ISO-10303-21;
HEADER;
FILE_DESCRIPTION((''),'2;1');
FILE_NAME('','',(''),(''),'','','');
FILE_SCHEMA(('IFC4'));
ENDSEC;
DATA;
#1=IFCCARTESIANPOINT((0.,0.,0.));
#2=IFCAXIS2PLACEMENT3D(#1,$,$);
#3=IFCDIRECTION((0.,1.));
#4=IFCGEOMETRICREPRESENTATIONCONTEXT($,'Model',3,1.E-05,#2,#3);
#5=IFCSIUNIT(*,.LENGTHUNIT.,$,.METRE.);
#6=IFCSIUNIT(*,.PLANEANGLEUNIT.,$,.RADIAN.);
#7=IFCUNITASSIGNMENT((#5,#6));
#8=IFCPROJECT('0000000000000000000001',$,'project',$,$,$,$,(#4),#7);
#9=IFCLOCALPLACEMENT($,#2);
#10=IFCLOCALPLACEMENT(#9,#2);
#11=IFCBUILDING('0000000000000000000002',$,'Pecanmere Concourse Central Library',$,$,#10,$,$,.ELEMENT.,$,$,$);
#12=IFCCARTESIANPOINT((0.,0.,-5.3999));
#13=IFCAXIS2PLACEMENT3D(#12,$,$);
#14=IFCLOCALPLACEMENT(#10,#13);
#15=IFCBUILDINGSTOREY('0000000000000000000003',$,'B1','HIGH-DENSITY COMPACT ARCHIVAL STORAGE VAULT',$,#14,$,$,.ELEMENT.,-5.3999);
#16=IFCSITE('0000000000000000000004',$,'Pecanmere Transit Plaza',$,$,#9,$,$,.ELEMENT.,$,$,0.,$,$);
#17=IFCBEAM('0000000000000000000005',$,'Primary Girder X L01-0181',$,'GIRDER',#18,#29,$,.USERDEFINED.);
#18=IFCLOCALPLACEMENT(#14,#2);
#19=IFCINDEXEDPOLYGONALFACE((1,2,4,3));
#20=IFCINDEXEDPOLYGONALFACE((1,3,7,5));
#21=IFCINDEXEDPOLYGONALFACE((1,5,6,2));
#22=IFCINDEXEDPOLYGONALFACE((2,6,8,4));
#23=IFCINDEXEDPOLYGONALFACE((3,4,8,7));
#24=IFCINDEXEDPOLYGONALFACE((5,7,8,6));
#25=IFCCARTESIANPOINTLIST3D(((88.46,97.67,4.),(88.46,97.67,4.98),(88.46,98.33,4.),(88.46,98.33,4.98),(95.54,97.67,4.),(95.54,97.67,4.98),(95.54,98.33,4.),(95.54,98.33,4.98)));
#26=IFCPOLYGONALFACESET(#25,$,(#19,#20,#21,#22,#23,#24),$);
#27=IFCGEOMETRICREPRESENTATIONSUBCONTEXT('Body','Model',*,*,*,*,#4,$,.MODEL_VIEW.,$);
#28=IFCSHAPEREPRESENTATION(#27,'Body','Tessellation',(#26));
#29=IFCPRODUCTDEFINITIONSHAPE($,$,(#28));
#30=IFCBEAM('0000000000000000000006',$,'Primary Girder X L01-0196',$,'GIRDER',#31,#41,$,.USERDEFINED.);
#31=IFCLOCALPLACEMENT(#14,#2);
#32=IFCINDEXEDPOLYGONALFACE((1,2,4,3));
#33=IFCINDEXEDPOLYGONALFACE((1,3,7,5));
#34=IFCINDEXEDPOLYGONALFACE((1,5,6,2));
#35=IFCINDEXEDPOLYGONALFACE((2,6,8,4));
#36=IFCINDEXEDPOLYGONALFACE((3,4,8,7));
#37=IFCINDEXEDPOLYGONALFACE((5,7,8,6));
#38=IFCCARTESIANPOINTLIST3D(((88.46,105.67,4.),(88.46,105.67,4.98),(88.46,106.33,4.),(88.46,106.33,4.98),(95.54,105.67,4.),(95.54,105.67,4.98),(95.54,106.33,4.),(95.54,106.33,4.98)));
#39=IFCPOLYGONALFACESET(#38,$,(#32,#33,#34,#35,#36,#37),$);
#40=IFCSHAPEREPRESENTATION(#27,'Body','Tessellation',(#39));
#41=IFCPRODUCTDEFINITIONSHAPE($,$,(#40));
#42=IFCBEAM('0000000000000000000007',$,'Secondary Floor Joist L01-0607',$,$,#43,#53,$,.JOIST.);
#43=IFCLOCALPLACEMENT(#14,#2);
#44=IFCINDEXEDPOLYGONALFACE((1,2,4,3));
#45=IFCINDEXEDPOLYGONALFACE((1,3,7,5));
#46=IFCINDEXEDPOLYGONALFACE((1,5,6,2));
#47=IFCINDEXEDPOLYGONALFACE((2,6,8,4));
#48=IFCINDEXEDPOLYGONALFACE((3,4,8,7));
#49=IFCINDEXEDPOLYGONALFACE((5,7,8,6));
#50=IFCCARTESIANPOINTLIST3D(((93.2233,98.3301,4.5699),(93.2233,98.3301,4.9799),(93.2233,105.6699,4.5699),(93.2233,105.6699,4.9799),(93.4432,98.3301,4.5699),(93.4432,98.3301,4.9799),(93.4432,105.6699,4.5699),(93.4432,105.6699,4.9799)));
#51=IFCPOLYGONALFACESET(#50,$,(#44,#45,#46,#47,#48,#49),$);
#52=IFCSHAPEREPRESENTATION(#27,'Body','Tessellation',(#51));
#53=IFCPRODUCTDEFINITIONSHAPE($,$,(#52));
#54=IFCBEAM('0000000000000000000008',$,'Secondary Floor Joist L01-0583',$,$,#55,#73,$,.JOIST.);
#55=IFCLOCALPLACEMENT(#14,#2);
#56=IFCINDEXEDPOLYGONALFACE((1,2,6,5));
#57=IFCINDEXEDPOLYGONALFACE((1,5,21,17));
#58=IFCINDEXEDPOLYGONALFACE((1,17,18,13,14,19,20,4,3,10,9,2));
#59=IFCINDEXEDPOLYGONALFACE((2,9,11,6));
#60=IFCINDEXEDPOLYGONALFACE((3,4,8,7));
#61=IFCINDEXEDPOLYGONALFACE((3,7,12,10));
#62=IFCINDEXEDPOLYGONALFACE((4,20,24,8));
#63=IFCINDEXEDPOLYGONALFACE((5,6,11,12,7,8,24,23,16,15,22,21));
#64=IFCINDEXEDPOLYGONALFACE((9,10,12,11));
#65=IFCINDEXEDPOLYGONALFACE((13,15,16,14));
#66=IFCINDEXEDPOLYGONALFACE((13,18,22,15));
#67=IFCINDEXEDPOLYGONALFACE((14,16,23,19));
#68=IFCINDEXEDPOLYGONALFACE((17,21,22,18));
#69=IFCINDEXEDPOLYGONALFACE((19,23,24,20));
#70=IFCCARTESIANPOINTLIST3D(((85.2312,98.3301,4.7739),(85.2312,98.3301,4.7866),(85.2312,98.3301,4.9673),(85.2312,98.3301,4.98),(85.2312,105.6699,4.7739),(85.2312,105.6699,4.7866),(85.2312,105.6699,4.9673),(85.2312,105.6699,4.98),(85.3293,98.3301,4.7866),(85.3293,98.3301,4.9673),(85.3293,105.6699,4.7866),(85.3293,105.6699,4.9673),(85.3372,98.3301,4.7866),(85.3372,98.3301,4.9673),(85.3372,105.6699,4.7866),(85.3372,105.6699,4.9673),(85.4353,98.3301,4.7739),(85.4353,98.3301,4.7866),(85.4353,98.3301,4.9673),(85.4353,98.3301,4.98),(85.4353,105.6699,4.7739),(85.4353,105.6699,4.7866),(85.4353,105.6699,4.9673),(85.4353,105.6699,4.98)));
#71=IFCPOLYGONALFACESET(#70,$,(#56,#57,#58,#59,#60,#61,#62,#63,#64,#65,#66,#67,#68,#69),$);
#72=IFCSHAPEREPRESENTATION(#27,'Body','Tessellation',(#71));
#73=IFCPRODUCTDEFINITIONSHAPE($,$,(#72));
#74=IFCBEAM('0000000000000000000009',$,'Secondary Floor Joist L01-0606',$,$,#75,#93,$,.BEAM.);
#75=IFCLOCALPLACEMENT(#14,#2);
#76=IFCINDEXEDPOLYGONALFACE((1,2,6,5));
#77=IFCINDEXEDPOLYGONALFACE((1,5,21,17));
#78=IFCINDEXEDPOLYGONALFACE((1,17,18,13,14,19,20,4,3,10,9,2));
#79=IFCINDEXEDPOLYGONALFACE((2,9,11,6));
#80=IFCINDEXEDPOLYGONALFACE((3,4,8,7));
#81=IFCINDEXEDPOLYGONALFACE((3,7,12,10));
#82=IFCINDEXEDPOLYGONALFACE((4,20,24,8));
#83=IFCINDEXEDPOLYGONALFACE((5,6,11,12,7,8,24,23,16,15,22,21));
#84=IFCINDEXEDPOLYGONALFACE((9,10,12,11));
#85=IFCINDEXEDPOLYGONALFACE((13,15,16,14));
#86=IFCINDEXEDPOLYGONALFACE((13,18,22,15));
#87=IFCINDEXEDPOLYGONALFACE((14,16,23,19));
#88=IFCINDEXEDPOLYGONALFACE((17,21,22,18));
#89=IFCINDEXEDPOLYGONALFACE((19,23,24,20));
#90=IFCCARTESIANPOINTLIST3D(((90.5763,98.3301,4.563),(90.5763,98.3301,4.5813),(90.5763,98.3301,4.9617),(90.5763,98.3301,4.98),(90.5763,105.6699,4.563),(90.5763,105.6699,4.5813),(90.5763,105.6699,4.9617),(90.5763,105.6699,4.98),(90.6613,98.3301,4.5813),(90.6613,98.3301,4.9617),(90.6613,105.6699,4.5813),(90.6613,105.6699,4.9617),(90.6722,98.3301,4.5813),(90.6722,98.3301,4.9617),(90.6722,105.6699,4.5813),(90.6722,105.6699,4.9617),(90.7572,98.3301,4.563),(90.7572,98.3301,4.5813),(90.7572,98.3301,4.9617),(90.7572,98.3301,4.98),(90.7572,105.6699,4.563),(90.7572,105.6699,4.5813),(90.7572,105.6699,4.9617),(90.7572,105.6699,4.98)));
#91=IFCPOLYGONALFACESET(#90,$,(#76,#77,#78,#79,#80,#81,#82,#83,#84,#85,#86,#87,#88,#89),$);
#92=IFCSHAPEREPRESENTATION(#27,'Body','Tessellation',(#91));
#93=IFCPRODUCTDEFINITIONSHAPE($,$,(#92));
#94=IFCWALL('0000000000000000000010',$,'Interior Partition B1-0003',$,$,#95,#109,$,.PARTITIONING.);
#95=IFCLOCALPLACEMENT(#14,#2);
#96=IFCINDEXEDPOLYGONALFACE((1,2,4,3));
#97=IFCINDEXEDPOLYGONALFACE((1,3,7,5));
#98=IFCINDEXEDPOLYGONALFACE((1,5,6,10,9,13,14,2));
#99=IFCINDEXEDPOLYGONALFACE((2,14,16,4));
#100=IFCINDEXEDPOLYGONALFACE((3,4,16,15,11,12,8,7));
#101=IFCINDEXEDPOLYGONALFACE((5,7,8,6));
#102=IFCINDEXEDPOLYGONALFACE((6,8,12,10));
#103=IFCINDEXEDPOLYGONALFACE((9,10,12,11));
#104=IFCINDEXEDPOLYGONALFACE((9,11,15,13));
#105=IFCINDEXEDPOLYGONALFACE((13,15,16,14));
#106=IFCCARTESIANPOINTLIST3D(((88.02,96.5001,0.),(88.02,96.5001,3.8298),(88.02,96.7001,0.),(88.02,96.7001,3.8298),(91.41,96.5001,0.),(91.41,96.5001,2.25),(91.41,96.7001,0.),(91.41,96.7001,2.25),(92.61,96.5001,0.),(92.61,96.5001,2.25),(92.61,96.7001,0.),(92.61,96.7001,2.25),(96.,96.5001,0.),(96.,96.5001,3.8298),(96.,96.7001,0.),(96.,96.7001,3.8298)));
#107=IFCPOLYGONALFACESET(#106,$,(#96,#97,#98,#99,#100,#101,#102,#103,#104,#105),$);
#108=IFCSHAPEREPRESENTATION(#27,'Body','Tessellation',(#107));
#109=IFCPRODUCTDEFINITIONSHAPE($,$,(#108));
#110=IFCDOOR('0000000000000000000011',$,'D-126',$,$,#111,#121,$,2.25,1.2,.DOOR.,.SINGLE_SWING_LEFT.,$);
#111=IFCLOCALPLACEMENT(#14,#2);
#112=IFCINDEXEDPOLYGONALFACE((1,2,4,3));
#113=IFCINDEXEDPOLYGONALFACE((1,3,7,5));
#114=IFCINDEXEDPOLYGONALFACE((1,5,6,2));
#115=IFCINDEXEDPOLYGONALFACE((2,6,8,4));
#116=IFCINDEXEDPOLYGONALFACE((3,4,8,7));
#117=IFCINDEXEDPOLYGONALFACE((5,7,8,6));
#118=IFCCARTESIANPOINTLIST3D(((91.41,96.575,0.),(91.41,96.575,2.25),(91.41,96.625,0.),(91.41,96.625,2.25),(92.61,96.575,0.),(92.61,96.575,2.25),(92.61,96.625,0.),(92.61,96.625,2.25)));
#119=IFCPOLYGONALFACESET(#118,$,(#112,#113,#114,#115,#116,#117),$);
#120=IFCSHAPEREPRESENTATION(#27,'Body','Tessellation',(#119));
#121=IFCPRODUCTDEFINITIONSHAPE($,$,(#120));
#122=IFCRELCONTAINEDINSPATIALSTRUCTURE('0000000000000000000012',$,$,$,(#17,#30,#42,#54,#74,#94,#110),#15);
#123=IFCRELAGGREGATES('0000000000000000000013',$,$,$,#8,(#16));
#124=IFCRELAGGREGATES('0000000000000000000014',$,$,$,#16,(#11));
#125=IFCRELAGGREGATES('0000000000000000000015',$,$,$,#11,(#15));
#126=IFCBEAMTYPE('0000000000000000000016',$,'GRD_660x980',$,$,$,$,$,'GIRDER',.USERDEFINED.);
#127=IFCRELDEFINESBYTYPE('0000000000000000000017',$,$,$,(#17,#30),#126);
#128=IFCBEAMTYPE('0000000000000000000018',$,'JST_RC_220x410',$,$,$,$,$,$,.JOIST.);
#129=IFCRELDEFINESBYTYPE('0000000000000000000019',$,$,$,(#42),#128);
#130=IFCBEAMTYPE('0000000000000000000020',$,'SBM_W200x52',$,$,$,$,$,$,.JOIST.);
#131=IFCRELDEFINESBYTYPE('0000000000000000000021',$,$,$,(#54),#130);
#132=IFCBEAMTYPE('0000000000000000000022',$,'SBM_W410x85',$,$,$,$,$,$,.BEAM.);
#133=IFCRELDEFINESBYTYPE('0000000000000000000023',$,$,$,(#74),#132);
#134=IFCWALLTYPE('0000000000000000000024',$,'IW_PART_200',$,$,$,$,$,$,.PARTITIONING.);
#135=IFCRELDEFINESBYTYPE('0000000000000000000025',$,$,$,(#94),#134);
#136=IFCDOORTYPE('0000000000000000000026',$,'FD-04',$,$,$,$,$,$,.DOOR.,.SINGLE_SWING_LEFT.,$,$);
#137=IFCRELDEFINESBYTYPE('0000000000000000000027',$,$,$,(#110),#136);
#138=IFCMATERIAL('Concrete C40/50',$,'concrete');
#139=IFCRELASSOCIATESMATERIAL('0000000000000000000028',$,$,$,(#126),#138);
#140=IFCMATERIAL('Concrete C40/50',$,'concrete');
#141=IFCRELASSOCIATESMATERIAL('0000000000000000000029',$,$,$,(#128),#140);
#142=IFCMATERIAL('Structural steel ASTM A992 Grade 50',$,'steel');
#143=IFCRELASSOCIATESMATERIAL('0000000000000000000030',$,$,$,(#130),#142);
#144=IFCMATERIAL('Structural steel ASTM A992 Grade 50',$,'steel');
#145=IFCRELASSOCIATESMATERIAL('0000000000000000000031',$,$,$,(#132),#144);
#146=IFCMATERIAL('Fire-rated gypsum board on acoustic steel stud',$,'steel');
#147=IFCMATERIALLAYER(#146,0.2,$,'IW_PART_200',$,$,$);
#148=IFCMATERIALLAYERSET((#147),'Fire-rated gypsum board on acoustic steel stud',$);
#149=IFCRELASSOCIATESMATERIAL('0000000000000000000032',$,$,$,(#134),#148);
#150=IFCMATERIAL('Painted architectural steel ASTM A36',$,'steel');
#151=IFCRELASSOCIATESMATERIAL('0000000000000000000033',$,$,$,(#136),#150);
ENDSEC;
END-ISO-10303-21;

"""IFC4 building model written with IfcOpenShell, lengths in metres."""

from ifc_helpers import new_model, si_unit, direction, frame, frame_2d, origin, origin_2d, place, context, subcontext, project, spatial, rectangle, i_section, extrude, material, layer, layer_set, material_profile, profile_set, type_object, element, fill, save


model = new_model("IFC4")

# Units and contexts
model_context = context("Model", 3, precision=1e-05, world=origin(), true_north=direction((0.0, 1.0)))
body_context = subcontext(model_context, "Body", "Model", "MODEL_VIEW")
ifc_project = project(units=[si_unit("LENGTHUNIT", "METRE"), si_unit("PLANEANGLEUNIT", "RADIAN")], contexts=[model_context])

# Site, building, storey
site_placement = place(None, origin())
site = spatial("IfcSite", under=ifc_project, at=site_placement, Name="Pecanmere Transit Plaza", CompositionType="ELEMENT", RefElevation=0.0)
building_placement = place(site_placement, origin())
building = spatial("IfcBuilding", under=site, at=building_placement, Name="Pecanmere Concourse Central Library", CompositionType="ELEMENT")
storey_placement = place(building_placement, frame((0.0, 0.0, -5.3999)))
storey = spatial("IfcBuildingStorey", under=building, at=storey_placement, Name="B1", Description="HIGH-DENSITY COMPACT ARCHIVAL STORAGE VAULT", CompositionType="ELEMENT", Elevation=-5.3999)

# Beams
ifc_material_1 = material(Name="Concrete C40/50", Category="concrete")
ifc_material_profile_1 = material_profile(ifc_material_1, rectangle(XDim=0.6599, YDim=0.98, at=origin_2d()), Name="RC 660x980")
ifc_profile_set_1 = profile_set([ifc_material_profile_1], Name="Concrete C40/50")
beam_type_1 = type_object("IfcBeamType", Name="GRD_660x980", ElementType="GIRDER", PredefinedType="USERDEFINED", material=ifc_profile_set_1)
for number, where, z_axis, x_axis, name in (
    (1, (88.46, 98.0, 4.49), (1.0, 0.0, 0.0), (0.0, 1.0, 0.0), "Primary Girder X L01-0181"),
    (2, (88.46, 106.0, 4.49), (1.0, 0.0, 0.0), (0.0, 1.0, 0.0), "Primary Girder X L01-0196"),
):
    element("IfcBeam", number, at=place(storey_placement, frame(where, z_axis=z_axis, x_axis=x_axis)), inside=storey, type_object=beam_type_1, Name=name, ObjectType="GIRDER", PredefinedType="USERDEFINED", context=body_context, shape_type="SweptSolid", body=[
        extrude(rectangle(XDim=0.6599, YDim=0.98, at=origin_2d()), origin(), (0.0, 0.0, 1.0), 7.0801),
    ])
ifc_material_2 = material(Name="Concrete C40/50", Category="concrete")
ifc_material_profile_2 = material_profile(ifc_material_2, rectangle(XDim=0.22, YDim=0.4099, at=origin_2d()), Name="RC 220x410")
ifc_profile_set_2 = profile_set([ifc_material_profile_2], Name="Concrete C40/50")
beam_type_2 = type_object("IfcBeamType", Name="JST_RC_220x410", PredefinedType="JOIST", material=ifc_profile_set_2)
beam_1_placement = place(storey_placement, frame((93.3333, 98.3301, 4.7749), z_axis=(0.0, 1.0, 0.0), x_axis=(-1.0, 0.0, 0.0)))
element("IfcBeam", 3, at=beam_1_placement, inside=storey, type_object=beam_type_2, Name="Secondary Floor Joist L01-0607", PredefinedType="JOIST", context=body_context, shape_type="SweptSolid", body=[
    extrude(rectangle(XDim=0.22, YDim=0.4099, at=origin_2d()), origin(), (0.0, 0.0, 1.0), 7.3398),
])
ifc_material_3 = material(Name="Structural steel ASTM A992 Grade 50", Category="steel")
ifc_material_profile_3 = material_profile(ifc_material_3, i_section(OverallWidth=0.2041, OverallDepth=0.2061, WebThickness=0.0078, FlangeThickness=0.0127, at=origin_2d()), Name="W200x52")
ifc_profile_set_3 = profile_set([ifc_material_profile_3], Name="Structural steel ASTM A992 Grade 50")
beam_type_3 = type_object("IfcBeamType", Name="SBM_W200x52", PredefinedType="JOIST", material=ifc_profile_set_3)
beam_2_placement = place(storey_placement, frame((85.3333, 98.3301, 4.877), z_axis=(0.0, 1.0, 0.0), x_axis=(-1.0, 0.0, 0.0)))
element("IfcBeam", 4, at=beam_2_placement, inside=storey, type_object=beam_type_3, Name="Secondary Floor Joist L01-0583", PredefinedType="JOIST", context=body_context, shape_type="SweptSolid", body=[
    extrude(i_section(OverallWidth=0.2041, OverallDepth=0.2061, WebThickness=0.0078, FlangeThickness=0.0127, at=origin_2d()), origin(), (0.0, 0.0, 1.0), 7.3398),
])
ifc_material_4 = material(Name="Structural steel ASTM A992 Grade 50", Category="steel")
ifc_material_profile_4 = material_profile(ifc_material_4, i_section(OverallWidth=0.1809, OverallDepth=0.417, WebThickness=0.011, FlangeThickness=0.0183, at=origin_2d()), Name="W410x85")
ifc_profile_set_4 = profile_set([ifc_material_profile_4], Name="Structural steel ASTM A992 Grade 50")
beam_type_4 = type_object("IfcBeamType", Name="SBM_W410x85", PredefinedType="BEAM", material=ifc_profile_set_4)
beam_3_placement = place(storey_placement, frame((90.6667, 98.3301, 4.7715), z_axis=(0.0, 1.0, 0.0), x_axis=(-1.0, 0.0, 0.0)))
element("IfcBeam", 5, at=beam_3_placement, inside=storey, type_object=beam_type_4, Name="Secondary Floor Joist L01-0606", PredefinedType="BEAM", context=body_context, shape_type="SweptSolid", body=[
    extrude(i_section(OverallWidth=0.1809, OverallDepth=0.417, WebThickness=0.011, FlangeThickness=0.0183, at=origin_2d()), origin(), (0.0, 0.0, 1.0), 7.3398),
])

# Wall, opening, door
ifc_material_5 = material(Name="Fire-rated gypsum board on acoustic steel stud", Category="steel")
ifc_layer = layer(ifc_material_5, 0.2, Name="IW_PART_200")
ifc_layer_set = layer_set([ifc_layer], Name="Fire-rated gypsum board on acoustic steel stud")
wall_type = type_object("IfcWallType", Name="IW_PART_200", PredefinedType="PARTITIONING", material=ifc_layer_set)
wall_placement = place(storey_placement, frame((88.02, 96.6001, 0.0), z_axis=(0.0, 0.0, 1.0), x_axis=(1.0, 0.0, 0.0)))
wall = element("IfcWall", 6, at=wall_placement, inside=storey, type_object=wall_type, Name="Interior Partition B1-0003", PredefinedType="PARTITIONING", context=body_context, shape_type="SweptSolid", body=[
    extrude(rectangle(XDim=7.98, YDim=0.2, at=frame_2d((3.99, 0.0))), origin(), (0.0, 0.0, 1.0), 3.8298),
])
opening_placement = place(wall_placement, frame((3.3899, 0.0, 0.0)))
opening = element("IfcOpeningElement", 7, at=opening_placement, cuts=wall, PredefinedType="OPENING", context=body_context, shape_type="SweptSolid", body=[
    extrude(rectangle(XDim=1.2, YDim=2.25, at=frame_2d((0.6001, 1.125))), frame((0.0, 0.1118, 0.0), z_axis=(0.0, -1.0, 0.0), x_axis=(1.0, 0.0, 0.0)), (0.0, 0.0, 1.0), 0.2239),
])
ifc_material_6 = material(Name="Painted architectural steel ASTM A36", Category="steel")
door_type = type_object("IfcDoorType", Name="FD-04", OperationType="SINGLE_SWING_LEFT", PredefinedType="DOOR", material=ifc_material_6)
door_placement = place(opening_placement, origin())
door = element("IfcDoor", 8, at=door_placement, inside=storey, type_object=door_type, Name="D-126", OperationType="SINGLE_SWING_LEFT", OverallHeight=2.25, OverallWidth=1.2, PredefinedType="DOOR", context=body_context, shape_type="SweptSolid", body=[
    extrude(rectangle(XDim=1.2, YDim=2.25, at=frame_2d((0.6001, 1.125))), frame((0.0, 0.0249, 0.0), z_axis=(0.0, -1.0, 0.0), x_axis=(1.0, 0.0, 0.0)), (0.0, 0.0, 1.0), 0.05),
])
fill(opening, door)

save(model, "model.ifc")
